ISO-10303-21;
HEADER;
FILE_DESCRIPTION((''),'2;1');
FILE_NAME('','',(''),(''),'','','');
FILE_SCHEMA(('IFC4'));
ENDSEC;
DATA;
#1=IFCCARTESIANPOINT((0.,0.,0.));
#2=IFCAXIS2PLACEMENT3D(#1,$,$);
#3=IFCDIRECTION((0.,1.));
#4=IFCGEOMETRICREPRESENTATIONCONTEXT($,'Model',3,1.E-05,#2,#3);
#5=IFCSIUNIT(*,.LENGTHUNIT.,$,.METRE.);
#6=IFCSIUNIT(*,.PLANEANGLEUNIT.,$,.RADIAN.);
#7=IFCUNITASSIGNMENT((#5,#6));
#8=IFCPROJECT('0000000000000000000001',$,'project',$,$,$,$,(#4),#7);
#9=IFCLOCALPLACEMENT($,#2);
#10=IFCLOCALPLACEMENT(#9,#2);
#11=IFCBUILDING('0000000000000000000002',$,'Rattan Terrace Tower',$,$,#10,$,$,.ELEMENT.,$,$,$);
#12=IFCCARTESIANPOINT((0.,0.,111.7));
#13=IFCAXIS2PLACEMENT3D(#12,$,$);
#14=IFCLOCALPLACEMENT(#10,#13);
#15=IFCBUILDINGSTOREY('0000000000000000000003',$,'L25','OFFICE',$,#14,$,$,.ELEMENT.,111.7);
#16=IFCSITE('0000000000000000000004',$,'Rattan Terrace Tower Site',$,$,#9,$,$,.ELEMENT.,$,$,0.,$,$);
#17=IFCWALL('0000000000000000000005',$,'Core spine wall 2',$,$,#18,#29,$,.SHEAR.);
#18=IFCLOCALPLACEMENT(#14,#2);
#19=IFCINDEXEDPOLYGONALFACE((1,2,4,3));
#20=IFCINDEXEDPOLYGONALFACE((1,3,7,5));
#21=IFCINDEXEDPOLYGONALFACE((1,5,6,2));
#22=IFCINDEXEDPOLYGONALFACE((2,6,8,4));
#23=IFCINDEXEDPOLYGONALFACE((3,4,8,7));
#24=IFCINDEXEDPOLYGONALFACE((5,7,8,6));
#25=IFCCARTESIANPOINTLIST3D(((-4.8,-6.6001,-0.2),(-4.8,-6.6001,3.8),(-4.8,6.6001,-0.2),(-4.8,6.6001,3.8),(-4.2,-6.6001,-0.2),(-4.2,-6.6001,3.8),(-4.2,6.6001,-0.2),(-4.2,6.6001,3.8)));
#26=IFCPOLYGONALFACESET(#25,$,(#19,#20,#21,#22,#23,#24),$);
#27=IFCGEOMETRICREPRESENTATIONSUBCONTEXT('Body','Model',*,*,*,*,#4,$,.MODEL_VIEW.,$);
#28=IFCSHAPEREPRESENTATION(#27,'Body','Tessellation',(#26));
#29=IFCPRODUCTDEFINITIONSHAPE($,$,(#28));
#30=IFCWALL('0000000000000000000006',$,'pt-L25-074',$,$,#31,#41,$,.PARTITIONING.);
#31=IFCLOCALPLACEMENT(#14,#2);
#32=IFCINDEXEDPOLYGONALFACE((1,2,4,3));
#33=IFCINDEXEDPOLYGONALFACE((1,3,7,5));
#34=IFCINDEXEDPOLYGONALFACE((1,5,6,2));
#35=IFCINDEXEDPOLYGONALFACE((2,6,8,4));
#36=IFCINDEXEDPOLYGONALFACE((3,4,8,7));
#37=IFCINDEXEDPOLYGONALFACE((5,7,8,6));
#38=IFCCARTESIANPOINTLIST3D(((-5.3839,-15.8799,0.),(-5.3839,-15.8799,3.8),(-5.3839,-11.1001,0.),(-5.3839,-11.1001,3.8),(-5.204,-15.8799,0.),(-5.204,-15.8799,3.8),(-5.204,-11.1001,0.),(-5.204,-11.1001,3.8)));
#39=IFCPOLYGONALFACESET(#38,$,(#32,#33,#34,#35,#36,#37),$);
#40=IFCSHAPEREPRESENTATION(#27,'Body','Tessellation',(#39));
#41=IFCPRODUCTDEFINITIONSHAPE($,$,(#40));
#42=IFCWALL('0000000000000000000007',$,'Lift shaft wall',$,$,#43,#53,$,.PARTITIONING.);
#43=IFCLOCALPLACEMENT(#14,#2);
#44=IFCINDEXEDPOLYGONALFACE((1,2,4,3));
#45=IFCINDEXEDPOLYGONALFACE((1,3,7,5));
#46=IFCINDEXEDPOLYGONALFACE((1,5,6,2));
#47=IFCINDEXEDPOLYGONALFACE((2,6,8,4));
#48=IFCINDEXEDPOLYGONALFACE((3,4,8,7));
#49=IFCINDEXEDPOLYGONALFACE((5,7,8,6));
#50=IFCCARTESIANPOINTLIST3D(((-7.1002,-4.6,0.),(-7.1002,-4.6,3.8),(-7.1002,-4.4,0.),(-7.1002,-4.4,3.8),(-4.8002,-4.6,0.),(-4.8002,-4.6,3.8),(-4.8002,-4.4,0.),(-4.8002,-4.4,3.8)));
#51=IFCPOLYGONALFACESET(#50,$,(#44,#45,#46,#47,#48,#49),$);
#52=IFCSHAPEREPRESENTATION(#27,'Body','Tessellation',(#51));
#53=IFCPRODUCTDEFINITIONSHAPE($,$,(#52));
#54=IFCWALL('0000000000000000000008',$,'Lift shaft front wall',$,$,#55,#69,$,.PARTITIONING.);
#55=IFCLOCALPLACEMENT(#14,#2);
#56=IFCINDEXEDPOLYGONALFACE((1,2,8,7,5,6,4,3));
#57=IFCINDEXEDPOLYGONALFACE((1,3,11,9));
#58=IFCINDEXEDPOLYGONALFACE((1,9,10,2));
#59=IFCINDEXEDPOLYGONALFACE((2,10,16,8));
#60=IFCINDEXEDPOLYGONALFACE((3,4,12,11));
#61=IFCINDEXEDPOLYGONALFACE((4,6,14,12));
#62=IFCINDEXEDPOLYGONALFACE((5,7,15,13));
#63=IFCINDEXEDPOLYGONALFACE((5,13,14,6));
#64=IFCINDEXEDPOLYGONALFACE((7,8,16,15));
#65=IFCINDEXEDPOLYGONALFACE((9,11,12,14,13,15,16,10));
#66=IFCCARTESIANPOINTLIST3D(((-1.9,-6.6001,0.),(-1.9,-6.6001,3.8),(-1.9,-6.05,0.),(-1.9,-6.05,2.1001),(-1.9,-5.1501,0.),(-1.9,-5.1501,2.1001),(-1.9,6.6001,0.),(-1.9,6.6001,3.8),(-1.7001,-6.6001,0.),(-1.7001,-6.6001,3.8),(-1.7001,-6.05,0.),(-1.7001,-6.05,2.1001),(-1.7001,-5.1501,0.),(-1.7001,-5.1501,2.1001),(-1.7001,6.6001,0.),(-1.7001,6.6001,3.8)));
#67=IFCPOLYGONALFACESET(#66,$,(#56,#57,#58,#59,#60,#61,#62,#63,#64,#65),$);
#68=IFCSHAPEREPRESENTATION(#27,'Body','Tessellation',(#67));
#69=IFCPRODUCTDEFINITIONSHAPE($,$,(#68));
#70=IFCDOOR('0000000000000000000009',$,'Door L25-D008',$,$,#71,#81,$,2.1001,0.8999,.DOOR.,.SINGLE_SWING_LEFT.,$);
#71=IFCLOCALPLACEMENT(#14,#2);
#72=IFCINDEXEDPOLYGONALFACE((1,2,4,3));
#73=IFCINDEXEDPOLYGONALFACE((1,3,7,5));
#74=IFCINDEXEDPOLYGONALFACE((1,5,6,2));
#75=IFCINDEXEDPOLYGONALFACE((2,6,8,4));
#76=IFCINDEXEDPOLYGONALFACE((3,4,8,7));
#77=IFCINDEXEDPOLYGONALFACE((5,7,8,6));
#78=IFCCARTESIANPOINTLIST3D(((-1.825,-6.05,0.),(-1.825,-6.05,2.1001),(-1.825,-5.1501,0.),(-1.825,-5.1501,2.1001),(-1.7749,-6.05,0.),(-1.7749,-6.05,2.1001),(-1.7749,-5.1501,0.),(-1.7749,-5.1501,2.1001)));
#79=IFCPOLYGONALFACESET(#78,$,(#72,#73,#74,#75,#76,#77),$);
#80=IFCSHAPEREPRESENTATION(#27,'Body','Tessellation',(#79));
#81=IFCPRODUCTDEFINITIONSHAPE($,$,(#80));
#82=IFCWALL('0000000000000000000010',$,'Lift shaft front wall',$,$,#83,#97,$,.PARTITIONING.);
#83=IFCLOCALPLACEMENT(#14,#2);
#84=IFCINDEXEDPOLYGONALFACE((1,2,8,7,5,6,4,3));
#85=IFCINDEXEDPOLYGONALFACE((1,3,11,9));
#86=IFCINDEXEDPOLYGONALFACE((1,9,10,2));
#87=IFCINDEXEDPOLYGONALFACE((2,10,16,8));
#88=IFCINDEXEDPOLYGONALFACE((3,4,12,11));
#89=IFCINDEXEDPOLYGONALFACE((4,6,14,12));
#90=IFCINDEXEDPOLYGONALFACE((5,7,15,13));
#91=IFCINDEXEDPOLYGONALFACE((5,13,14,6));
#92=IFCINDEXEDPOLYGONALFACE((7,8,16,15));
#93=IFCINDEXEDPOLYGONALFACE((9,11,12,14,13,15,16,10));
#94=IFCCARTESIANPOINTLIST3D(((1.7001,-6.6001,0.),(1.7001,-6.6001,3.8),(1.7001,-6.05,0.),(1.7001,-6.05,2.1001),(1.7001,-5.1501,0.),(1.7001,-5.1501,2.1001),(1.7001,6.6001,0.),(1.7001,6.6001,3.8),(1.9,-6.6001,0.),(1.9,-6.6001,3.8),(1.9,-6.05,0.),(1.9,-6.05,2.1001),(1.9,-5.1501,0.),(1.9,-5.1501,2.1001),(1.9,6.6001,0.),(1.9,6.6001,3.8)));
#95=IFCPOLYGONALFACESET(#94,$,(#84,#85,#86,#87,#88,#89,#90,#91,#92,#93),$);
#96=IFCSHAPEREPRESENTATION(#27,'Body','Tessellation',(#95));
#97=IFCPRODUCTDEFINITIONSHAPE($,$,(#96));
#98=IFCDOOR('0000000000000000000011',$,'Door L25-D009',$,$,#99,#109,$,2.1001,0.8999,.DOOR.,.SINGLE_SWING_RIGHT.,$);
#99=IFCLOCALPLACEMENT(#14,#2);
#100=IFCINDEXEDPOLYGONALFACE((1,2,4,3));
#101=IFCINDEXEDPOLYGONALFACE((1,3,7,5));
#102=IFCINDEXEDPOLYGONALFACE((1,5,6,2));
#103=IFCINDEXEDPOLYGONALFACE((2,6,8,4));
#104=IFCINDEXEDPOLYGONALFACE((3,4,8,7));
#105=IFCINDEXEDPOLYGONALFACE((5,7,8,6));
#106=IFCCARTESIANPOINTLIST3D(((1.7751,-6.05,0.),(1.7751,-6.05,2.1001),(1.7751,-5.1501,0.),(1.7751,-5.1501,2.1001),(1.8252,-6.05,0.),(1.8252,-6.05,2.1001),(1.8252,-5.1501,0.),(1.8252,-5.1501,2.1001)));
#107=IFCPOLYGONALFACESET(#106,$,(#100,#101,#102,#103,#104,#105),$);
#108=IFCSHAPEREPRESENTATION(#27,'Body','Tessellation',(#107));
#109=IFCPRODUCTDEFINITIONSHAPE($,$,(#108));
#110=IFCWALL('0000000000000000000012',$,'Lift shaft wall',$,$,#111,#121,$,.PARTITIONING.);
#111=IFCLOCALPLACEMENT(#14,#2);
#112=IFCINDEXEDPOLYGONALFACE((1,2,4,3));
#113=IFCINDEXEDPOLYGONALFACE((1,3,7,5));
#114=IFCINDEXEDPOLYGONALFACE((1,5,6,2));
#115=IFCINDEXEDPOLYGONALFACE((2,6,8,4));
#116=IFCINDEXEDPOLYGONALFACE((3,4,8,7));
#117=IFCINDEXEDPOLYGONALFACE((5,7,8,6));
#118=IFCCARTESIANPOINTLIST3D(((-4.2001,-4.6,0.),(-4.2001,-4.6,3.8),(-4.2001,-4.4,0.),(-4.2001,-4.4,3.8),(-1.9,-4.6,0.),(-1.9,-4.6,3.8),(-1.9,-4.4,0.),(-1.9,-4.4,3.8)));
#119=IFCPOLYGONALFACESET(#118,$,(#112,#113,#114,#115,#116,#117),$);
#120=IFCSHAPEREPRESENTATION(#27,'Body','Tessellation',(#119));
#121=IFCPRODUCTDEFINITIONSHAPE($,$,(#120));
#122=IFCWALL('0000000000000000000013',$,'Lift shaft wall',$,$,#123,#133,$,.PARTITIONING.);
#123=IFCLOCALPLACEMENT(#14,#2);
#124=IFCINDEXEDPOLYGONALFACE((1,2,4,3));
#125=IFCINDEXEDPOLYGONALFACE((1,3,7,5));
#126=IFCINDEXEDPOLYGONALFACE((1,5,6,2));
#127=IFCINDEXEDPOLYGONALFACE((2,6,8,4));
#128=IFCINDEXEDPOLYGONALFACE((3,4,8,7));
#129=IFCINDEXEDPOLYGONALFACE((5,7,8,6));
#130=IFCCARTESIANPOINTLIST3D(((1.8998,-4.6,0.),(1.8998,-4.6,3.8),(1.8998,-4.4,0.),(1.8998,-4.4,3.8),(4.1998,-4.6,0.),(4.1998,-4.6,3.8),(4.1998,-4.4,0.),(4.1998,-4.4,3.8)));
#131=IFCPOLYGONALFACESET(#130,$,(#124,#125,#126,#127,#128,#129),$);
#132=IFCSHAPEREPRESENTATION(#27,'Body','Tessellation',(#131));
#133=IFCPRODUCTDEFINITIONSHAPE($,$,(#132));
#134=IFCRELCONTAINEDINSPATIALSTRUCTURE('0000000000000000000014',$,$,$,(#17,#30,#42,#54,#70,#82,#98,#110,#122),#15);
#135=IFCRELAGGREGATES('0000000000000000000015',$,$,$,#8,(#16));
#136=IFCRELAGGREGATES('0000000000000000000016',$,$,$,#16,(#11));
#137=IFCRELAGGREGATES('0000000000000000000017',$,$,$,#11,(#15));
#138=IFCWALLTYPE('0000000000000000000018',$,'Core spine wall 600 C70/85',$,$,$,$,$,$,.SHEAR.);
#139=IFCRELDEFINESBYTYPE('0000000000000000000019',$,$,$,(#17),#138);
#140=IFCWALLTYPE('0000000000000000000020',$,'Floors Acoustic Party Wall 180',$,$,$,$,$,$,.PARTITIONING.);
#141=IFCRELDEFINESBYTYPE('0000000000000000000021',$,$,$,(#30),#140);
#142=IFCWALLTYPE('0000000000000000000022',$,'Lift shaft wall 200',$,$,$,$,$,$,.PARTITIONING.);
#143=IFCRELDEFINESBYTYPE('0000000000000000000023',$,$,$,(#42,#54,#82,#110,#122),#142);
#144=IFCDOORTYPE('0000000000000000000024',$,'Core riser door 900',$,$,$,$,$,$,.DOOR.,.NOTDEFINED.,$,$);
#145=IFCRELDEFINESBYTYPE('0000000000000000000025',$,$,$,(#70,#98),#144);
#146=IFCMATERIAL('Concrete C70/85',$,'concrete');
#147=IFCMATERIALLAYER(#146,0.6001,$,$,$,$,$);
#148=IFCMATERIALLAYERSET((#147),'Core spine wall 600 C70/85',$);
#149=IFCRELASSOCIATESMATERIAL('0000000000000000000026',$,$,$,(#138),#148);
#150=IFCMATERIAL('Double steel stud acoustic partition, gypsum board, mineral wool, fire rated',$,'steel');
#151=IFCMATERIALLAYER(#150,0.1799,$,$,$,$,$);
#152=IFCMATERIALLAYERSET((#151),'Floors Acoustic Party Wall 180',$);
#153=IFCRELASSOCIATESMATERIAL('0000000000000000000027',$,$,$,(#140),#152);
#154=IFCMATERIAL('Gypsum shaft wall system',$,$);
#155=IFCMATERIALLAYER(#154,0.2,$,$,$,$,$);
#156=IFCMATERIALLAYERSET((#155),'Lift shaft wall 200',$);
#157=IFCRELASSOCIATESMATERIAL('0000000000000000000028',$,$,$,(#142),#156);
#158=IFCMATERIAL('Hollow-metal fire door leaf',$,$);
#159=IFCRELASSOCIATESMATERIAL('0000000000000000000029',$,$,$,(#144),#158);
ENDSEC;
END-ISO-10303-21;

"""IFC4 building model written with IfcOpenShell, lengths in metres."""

from ifc_helpers import new_model, si_unit, direction, frame, frame_2d, origin, place, context, subcontext, project, spatial, rectangle, extrude, material, layer, layer_set, type_object, element, fill, save


model = new_model("IFC4")

# Units and contexts
model_context = context("Model", 3, precision=1e-05, world=origin(), true_north=direction((0.0, 1.0)))
body_context = subcontext(model_context, "Body", "Model", "MODEL_VIEW")
ifc_project = project(units=[si_unit("LENGTHUNIT", "METRE"), si_unit("PLANEANGLEUNIT", "RADIAN")], contexts=[model_context])

# Site, building, storey
site_placement = place(None, origin())
site = spatial("IfcSite", under=ifc_project, at=site_placement, Name="Rattan Terrace Tower Site", CompositionType="ELEMENT", RefElevation=0.0)
building_placement = place(site_placement, origin())
building = spatial("IfcBuilding", under=site, at=building_placement, Name="Rattan Terrace Tower", CompositionType="ELEMENT")
storey_placement = place(building_placement, frame((0.0, 0.0, 111.7)))
storey = spatial("IfcBuildingStorey", under=building, at=storey_placement, Name="L25", Description="OFFICE", CompositionType="ELEMENT", Elevation=111.7)

# Walls
ifc_material_1 = material(Name="Concrete C70/85", Category="concrete")
ifc_layer_1 = layer(ifc_material_1, 0.6001)
ifc_layer_set_1 = layer_set([ifc_layer_1], Name="Core spine wall 600 C70/85")
wall_type_1 = type_object("IfcWallType", Name="Core spine wall 600 C70/85", PredefinedType="SHEAR", material=ifc_layer_set_1)
wall_1_placement = place(storey_placement, frame((-4.5, -6.6001, -0.2), z_axis=(0.0, 0.0, 1.0), x_axis=(0.0, 1.0, 0.0)))
element("IfcWall", 1, at=wall_1_placement, inside=storey, type_object=wall_type_1, Name="Core spine wall 2", PredefinedType="SHEAR", context=body_context, shape_type="SweptSolid", body=[
    extrude(rectangle(XDim=13.2002, YDim=0.6001, at=frame_2d((6.6001, 0.0))), origin(), (0.0, 0.0, 1.0), 4.0),
])
ifc_material_2 = material(Name="Double steel stud acoustic partition, gypsum board, mineral wool, fire rated", Category="steel")
ifc_layer_2 = layer(ifc_material_2, 0.1799)
ifc_layer_set_2 = layer_set([ifc_layer_2], Name="Floors Acoustic Party Wall 180")
wall_type_2 = type_object("IfcWallType", Name="Floors Acoustic Party Wall 180", PredefinedType="PARTITIONING", material=ifc_layer_set_2)
wall_2_placement = place(storey_placement, frame((-5.2939, -11.1001, 0.0), z_axis=(0.0, 0.0, 1.0), x_axis=(0.0, -1.0, 0.0)))
element("IfcWall", 2, at=wall_2_placement, inside=storey, type_object=wall_type_2, Name="pt-L25-074", PredefinedType="PARTITIONING", context=body_context, shape_type="SweptSolid", body=[
    extrude(rectangle(XDim=4.7798, YDim=0.1799, at=frame_2d((2.3899, 0.0))), origin(), (0.0, 0.0, 1.0), 3.8),
])
ifc_material_3 = material(Name="Gypsum shaft wall system")
ifc_layer_3 = layer(ifc_material_3, 0.2)
ifc_layer_set_3 = layer_set([ifc_layer_3], Name="Lift shaft wall 200")
wall_type_3 = type_object("IfcWallType", Name="Lift shaft wall 200", PredefinedType="PARTITIONING", material=ifc_layer_set_3)
wall_3_placement = place(storey_placement, frame((-7.1001, -4.5, 0.0), z_axis=(0.0, 0.0, 1.0), x_axis=(1.0, 0.0, 0.0)))
element("IfcWall", 3, at=wall_3_placement, inside=storey, type_object=wall_type_3, Name="Lift shaft wall", PredefinedType="PARTITIONING", context=body_context, shape_type="SweptSolid", body=[
    extrude(rectangle(XDim=2.3, YDim=0.2, at=frame_2d((1.1499, 0.0))), origin(), (0.0, 0.0, 1.0), 3.8),
])

# Walls, openings, doors
wall_4_placement = place(storey_placement, frame((-1.8, -6.6001, 0.0), z_axis=(0.0, 0.0, 1.0), x_axis=(0.0, 1.0, 0.0)))
wall_4 = element("IfcWall", 4, at=wall_4_placement, inside=storey, type_object=wall_type_3, Name="Lift shaft front wall", PredefinedType="PARTITIONING", context=body_context, shape_type="SweptSolid", body=[
    extrude(rectangle(XDim=13.2002, YDim=0.2, at=frame_2d((6.6001, 0.0))), origin(), (0.0, 0.0, 1.0), 3.8),
])
opening_1_placement = place(wall_4_placement, frame((0.55, 0.0, 0.0)))
opening_1 = element("IfcOpeningElement", 5, at=opening_1_placement, cuts=wall_4, PredefinedType="OPENING", context=body_context, shape_type="SweptSolid", body=[
    extrude(rectangle(XDim=0.8999, YDim=2.1001, at=frame_2d((0.45, 1.05))), frame((0.0, 0.1106, 0.0), z_axis=(0.0, -1.0, 0.0), x_axis=(1.0, 0.0, 0.0)), (0.0, 0.0, 1.0), 0.2209),
])
ifc_material_4 = material(Name="Hollow-metal fire door leaf")
door_type = type_object("IfcDoorType", Name="Core riser door 900", OperationType="NOTDEFINED", PredefinedType="DOOR", material=ifc_material_4)
door_1_placement = place(opening_1_placement, origin())
door_1 = element("IfcDoor", 6, at=door_1_placement, inside=storey, type_object=door_type, Name="Door L25-D008", OperationType="SINGLE_SWING_LEFT", OverallHeight=2.1001, OverallWidth=0.8999, PredefinedType="DOOR", context=body_context, shape_type="SweptSolid", body=[
    extrude(rectangle(XDim=0.8999, YDim=2.1001, at=frame_2d((0.45, 1.05))), frame((0.0, 0.0249, 0.0), z_axis=(0.0, -1.0, 0.0), x_axis=(1.0, 0.0, 0.0)), (0.0, 0.0, 1.0), 0.05),
])
fill(opening_1, door_1)
wall_5_placement = place(storey_placement, frame((1.8, -6.6001, 0.0), z_axis=(0.0, 0.0, 1.0), x_axis=(0.0, 1.0, 0.0)))
wall_5 = element("IfcWall", 7, at=wall_5_placement, inside=storey, type_object=wall_type_3, Name="Lift shaft front wall", PredefinedType="PARTITIONING", context=body_context, shape_type="SweptSolid", body=[
    extrude(rectangle(XDim=13.2002, YDim=0.2, at=frame_2d((6.6001, 0.0))), origin(), (0.0, 0.0, 1.0), 3.8),
])
opening_2_placement = place(wall_5_placement, frame((0.55, 0.0, 0.0)))
opening_2 = element("IfcOpeningElement", 8, at=opening_2_placement, cuts=wall_5, PredefinedType="OPENING", context=body_context, shape_type="SweptSolid", body=[
    extrude(rectangle(XDim=0.8999, YDim=2.1001, at=frame_2d((0.45, 1.05))), frame((0.0, 0.1106, 0.0), z_axis=(0.0, -1.0, 0.0), x_axis=(1.0, 0.0, 0.0)), (0.0, 0.0, 1.0), 0.2209),
])
door_2_placement = place(opening_2_placement, origin())
door_2 = element("IfcDoor", 9, at=door_2_placement, inside=storey, type_object=door_type, Name="Door L25-D009", OperationType="SINGLE_SWING_RIGHT", OverallHeight=2.1001, OverallWidth=0.8999, PredefinedType="DOOR", context=body_context, shape_type="SweptSolid", body=[
    extrude(rectangle(XDim=0.8999, YDim=2.1001, at=frame_2d((0.45, 1.05))), frame((0.0, 0.0249, 0.0), z_axis=(0.0, -1.0, 0.0), x_axis=(1.0, 0.0, 0.0)), (0.0, 0.0, 1.0), 0.05),
])
fill(opening_2, door_2)

# Walls
for number, where, z_axis, x_axis, name in (
    (10, (-4.2, -4.5, 0.0), (0.0, 0.0, 1.0), (1.0, 0.0, 0.0), "Lift shaft wall"),
    (11, (1.8999, -4.5, 0.0), (0.0, 0.0, 1.0), (1.0, 0.0, 0.0), "Lift shaft wall"),
):
    element("IfcWall", number, at=place(storey_placement, frame(where, z_axis=z_axis, x_axis=x_axis)), inside=storey, type_object=wall_type_3, Name=name, PredefinedType="PARTITIONING", context=body_context, shape_type="SweptSolid", body=[
        extrude(rectangle(XDim=2.3, YDim=0.2, at=frame_2d((1.1499, 0.0))), origin(), (0.0, 0.0, 1.0), 3.8),
    ])

save(model, "model.ifc")
